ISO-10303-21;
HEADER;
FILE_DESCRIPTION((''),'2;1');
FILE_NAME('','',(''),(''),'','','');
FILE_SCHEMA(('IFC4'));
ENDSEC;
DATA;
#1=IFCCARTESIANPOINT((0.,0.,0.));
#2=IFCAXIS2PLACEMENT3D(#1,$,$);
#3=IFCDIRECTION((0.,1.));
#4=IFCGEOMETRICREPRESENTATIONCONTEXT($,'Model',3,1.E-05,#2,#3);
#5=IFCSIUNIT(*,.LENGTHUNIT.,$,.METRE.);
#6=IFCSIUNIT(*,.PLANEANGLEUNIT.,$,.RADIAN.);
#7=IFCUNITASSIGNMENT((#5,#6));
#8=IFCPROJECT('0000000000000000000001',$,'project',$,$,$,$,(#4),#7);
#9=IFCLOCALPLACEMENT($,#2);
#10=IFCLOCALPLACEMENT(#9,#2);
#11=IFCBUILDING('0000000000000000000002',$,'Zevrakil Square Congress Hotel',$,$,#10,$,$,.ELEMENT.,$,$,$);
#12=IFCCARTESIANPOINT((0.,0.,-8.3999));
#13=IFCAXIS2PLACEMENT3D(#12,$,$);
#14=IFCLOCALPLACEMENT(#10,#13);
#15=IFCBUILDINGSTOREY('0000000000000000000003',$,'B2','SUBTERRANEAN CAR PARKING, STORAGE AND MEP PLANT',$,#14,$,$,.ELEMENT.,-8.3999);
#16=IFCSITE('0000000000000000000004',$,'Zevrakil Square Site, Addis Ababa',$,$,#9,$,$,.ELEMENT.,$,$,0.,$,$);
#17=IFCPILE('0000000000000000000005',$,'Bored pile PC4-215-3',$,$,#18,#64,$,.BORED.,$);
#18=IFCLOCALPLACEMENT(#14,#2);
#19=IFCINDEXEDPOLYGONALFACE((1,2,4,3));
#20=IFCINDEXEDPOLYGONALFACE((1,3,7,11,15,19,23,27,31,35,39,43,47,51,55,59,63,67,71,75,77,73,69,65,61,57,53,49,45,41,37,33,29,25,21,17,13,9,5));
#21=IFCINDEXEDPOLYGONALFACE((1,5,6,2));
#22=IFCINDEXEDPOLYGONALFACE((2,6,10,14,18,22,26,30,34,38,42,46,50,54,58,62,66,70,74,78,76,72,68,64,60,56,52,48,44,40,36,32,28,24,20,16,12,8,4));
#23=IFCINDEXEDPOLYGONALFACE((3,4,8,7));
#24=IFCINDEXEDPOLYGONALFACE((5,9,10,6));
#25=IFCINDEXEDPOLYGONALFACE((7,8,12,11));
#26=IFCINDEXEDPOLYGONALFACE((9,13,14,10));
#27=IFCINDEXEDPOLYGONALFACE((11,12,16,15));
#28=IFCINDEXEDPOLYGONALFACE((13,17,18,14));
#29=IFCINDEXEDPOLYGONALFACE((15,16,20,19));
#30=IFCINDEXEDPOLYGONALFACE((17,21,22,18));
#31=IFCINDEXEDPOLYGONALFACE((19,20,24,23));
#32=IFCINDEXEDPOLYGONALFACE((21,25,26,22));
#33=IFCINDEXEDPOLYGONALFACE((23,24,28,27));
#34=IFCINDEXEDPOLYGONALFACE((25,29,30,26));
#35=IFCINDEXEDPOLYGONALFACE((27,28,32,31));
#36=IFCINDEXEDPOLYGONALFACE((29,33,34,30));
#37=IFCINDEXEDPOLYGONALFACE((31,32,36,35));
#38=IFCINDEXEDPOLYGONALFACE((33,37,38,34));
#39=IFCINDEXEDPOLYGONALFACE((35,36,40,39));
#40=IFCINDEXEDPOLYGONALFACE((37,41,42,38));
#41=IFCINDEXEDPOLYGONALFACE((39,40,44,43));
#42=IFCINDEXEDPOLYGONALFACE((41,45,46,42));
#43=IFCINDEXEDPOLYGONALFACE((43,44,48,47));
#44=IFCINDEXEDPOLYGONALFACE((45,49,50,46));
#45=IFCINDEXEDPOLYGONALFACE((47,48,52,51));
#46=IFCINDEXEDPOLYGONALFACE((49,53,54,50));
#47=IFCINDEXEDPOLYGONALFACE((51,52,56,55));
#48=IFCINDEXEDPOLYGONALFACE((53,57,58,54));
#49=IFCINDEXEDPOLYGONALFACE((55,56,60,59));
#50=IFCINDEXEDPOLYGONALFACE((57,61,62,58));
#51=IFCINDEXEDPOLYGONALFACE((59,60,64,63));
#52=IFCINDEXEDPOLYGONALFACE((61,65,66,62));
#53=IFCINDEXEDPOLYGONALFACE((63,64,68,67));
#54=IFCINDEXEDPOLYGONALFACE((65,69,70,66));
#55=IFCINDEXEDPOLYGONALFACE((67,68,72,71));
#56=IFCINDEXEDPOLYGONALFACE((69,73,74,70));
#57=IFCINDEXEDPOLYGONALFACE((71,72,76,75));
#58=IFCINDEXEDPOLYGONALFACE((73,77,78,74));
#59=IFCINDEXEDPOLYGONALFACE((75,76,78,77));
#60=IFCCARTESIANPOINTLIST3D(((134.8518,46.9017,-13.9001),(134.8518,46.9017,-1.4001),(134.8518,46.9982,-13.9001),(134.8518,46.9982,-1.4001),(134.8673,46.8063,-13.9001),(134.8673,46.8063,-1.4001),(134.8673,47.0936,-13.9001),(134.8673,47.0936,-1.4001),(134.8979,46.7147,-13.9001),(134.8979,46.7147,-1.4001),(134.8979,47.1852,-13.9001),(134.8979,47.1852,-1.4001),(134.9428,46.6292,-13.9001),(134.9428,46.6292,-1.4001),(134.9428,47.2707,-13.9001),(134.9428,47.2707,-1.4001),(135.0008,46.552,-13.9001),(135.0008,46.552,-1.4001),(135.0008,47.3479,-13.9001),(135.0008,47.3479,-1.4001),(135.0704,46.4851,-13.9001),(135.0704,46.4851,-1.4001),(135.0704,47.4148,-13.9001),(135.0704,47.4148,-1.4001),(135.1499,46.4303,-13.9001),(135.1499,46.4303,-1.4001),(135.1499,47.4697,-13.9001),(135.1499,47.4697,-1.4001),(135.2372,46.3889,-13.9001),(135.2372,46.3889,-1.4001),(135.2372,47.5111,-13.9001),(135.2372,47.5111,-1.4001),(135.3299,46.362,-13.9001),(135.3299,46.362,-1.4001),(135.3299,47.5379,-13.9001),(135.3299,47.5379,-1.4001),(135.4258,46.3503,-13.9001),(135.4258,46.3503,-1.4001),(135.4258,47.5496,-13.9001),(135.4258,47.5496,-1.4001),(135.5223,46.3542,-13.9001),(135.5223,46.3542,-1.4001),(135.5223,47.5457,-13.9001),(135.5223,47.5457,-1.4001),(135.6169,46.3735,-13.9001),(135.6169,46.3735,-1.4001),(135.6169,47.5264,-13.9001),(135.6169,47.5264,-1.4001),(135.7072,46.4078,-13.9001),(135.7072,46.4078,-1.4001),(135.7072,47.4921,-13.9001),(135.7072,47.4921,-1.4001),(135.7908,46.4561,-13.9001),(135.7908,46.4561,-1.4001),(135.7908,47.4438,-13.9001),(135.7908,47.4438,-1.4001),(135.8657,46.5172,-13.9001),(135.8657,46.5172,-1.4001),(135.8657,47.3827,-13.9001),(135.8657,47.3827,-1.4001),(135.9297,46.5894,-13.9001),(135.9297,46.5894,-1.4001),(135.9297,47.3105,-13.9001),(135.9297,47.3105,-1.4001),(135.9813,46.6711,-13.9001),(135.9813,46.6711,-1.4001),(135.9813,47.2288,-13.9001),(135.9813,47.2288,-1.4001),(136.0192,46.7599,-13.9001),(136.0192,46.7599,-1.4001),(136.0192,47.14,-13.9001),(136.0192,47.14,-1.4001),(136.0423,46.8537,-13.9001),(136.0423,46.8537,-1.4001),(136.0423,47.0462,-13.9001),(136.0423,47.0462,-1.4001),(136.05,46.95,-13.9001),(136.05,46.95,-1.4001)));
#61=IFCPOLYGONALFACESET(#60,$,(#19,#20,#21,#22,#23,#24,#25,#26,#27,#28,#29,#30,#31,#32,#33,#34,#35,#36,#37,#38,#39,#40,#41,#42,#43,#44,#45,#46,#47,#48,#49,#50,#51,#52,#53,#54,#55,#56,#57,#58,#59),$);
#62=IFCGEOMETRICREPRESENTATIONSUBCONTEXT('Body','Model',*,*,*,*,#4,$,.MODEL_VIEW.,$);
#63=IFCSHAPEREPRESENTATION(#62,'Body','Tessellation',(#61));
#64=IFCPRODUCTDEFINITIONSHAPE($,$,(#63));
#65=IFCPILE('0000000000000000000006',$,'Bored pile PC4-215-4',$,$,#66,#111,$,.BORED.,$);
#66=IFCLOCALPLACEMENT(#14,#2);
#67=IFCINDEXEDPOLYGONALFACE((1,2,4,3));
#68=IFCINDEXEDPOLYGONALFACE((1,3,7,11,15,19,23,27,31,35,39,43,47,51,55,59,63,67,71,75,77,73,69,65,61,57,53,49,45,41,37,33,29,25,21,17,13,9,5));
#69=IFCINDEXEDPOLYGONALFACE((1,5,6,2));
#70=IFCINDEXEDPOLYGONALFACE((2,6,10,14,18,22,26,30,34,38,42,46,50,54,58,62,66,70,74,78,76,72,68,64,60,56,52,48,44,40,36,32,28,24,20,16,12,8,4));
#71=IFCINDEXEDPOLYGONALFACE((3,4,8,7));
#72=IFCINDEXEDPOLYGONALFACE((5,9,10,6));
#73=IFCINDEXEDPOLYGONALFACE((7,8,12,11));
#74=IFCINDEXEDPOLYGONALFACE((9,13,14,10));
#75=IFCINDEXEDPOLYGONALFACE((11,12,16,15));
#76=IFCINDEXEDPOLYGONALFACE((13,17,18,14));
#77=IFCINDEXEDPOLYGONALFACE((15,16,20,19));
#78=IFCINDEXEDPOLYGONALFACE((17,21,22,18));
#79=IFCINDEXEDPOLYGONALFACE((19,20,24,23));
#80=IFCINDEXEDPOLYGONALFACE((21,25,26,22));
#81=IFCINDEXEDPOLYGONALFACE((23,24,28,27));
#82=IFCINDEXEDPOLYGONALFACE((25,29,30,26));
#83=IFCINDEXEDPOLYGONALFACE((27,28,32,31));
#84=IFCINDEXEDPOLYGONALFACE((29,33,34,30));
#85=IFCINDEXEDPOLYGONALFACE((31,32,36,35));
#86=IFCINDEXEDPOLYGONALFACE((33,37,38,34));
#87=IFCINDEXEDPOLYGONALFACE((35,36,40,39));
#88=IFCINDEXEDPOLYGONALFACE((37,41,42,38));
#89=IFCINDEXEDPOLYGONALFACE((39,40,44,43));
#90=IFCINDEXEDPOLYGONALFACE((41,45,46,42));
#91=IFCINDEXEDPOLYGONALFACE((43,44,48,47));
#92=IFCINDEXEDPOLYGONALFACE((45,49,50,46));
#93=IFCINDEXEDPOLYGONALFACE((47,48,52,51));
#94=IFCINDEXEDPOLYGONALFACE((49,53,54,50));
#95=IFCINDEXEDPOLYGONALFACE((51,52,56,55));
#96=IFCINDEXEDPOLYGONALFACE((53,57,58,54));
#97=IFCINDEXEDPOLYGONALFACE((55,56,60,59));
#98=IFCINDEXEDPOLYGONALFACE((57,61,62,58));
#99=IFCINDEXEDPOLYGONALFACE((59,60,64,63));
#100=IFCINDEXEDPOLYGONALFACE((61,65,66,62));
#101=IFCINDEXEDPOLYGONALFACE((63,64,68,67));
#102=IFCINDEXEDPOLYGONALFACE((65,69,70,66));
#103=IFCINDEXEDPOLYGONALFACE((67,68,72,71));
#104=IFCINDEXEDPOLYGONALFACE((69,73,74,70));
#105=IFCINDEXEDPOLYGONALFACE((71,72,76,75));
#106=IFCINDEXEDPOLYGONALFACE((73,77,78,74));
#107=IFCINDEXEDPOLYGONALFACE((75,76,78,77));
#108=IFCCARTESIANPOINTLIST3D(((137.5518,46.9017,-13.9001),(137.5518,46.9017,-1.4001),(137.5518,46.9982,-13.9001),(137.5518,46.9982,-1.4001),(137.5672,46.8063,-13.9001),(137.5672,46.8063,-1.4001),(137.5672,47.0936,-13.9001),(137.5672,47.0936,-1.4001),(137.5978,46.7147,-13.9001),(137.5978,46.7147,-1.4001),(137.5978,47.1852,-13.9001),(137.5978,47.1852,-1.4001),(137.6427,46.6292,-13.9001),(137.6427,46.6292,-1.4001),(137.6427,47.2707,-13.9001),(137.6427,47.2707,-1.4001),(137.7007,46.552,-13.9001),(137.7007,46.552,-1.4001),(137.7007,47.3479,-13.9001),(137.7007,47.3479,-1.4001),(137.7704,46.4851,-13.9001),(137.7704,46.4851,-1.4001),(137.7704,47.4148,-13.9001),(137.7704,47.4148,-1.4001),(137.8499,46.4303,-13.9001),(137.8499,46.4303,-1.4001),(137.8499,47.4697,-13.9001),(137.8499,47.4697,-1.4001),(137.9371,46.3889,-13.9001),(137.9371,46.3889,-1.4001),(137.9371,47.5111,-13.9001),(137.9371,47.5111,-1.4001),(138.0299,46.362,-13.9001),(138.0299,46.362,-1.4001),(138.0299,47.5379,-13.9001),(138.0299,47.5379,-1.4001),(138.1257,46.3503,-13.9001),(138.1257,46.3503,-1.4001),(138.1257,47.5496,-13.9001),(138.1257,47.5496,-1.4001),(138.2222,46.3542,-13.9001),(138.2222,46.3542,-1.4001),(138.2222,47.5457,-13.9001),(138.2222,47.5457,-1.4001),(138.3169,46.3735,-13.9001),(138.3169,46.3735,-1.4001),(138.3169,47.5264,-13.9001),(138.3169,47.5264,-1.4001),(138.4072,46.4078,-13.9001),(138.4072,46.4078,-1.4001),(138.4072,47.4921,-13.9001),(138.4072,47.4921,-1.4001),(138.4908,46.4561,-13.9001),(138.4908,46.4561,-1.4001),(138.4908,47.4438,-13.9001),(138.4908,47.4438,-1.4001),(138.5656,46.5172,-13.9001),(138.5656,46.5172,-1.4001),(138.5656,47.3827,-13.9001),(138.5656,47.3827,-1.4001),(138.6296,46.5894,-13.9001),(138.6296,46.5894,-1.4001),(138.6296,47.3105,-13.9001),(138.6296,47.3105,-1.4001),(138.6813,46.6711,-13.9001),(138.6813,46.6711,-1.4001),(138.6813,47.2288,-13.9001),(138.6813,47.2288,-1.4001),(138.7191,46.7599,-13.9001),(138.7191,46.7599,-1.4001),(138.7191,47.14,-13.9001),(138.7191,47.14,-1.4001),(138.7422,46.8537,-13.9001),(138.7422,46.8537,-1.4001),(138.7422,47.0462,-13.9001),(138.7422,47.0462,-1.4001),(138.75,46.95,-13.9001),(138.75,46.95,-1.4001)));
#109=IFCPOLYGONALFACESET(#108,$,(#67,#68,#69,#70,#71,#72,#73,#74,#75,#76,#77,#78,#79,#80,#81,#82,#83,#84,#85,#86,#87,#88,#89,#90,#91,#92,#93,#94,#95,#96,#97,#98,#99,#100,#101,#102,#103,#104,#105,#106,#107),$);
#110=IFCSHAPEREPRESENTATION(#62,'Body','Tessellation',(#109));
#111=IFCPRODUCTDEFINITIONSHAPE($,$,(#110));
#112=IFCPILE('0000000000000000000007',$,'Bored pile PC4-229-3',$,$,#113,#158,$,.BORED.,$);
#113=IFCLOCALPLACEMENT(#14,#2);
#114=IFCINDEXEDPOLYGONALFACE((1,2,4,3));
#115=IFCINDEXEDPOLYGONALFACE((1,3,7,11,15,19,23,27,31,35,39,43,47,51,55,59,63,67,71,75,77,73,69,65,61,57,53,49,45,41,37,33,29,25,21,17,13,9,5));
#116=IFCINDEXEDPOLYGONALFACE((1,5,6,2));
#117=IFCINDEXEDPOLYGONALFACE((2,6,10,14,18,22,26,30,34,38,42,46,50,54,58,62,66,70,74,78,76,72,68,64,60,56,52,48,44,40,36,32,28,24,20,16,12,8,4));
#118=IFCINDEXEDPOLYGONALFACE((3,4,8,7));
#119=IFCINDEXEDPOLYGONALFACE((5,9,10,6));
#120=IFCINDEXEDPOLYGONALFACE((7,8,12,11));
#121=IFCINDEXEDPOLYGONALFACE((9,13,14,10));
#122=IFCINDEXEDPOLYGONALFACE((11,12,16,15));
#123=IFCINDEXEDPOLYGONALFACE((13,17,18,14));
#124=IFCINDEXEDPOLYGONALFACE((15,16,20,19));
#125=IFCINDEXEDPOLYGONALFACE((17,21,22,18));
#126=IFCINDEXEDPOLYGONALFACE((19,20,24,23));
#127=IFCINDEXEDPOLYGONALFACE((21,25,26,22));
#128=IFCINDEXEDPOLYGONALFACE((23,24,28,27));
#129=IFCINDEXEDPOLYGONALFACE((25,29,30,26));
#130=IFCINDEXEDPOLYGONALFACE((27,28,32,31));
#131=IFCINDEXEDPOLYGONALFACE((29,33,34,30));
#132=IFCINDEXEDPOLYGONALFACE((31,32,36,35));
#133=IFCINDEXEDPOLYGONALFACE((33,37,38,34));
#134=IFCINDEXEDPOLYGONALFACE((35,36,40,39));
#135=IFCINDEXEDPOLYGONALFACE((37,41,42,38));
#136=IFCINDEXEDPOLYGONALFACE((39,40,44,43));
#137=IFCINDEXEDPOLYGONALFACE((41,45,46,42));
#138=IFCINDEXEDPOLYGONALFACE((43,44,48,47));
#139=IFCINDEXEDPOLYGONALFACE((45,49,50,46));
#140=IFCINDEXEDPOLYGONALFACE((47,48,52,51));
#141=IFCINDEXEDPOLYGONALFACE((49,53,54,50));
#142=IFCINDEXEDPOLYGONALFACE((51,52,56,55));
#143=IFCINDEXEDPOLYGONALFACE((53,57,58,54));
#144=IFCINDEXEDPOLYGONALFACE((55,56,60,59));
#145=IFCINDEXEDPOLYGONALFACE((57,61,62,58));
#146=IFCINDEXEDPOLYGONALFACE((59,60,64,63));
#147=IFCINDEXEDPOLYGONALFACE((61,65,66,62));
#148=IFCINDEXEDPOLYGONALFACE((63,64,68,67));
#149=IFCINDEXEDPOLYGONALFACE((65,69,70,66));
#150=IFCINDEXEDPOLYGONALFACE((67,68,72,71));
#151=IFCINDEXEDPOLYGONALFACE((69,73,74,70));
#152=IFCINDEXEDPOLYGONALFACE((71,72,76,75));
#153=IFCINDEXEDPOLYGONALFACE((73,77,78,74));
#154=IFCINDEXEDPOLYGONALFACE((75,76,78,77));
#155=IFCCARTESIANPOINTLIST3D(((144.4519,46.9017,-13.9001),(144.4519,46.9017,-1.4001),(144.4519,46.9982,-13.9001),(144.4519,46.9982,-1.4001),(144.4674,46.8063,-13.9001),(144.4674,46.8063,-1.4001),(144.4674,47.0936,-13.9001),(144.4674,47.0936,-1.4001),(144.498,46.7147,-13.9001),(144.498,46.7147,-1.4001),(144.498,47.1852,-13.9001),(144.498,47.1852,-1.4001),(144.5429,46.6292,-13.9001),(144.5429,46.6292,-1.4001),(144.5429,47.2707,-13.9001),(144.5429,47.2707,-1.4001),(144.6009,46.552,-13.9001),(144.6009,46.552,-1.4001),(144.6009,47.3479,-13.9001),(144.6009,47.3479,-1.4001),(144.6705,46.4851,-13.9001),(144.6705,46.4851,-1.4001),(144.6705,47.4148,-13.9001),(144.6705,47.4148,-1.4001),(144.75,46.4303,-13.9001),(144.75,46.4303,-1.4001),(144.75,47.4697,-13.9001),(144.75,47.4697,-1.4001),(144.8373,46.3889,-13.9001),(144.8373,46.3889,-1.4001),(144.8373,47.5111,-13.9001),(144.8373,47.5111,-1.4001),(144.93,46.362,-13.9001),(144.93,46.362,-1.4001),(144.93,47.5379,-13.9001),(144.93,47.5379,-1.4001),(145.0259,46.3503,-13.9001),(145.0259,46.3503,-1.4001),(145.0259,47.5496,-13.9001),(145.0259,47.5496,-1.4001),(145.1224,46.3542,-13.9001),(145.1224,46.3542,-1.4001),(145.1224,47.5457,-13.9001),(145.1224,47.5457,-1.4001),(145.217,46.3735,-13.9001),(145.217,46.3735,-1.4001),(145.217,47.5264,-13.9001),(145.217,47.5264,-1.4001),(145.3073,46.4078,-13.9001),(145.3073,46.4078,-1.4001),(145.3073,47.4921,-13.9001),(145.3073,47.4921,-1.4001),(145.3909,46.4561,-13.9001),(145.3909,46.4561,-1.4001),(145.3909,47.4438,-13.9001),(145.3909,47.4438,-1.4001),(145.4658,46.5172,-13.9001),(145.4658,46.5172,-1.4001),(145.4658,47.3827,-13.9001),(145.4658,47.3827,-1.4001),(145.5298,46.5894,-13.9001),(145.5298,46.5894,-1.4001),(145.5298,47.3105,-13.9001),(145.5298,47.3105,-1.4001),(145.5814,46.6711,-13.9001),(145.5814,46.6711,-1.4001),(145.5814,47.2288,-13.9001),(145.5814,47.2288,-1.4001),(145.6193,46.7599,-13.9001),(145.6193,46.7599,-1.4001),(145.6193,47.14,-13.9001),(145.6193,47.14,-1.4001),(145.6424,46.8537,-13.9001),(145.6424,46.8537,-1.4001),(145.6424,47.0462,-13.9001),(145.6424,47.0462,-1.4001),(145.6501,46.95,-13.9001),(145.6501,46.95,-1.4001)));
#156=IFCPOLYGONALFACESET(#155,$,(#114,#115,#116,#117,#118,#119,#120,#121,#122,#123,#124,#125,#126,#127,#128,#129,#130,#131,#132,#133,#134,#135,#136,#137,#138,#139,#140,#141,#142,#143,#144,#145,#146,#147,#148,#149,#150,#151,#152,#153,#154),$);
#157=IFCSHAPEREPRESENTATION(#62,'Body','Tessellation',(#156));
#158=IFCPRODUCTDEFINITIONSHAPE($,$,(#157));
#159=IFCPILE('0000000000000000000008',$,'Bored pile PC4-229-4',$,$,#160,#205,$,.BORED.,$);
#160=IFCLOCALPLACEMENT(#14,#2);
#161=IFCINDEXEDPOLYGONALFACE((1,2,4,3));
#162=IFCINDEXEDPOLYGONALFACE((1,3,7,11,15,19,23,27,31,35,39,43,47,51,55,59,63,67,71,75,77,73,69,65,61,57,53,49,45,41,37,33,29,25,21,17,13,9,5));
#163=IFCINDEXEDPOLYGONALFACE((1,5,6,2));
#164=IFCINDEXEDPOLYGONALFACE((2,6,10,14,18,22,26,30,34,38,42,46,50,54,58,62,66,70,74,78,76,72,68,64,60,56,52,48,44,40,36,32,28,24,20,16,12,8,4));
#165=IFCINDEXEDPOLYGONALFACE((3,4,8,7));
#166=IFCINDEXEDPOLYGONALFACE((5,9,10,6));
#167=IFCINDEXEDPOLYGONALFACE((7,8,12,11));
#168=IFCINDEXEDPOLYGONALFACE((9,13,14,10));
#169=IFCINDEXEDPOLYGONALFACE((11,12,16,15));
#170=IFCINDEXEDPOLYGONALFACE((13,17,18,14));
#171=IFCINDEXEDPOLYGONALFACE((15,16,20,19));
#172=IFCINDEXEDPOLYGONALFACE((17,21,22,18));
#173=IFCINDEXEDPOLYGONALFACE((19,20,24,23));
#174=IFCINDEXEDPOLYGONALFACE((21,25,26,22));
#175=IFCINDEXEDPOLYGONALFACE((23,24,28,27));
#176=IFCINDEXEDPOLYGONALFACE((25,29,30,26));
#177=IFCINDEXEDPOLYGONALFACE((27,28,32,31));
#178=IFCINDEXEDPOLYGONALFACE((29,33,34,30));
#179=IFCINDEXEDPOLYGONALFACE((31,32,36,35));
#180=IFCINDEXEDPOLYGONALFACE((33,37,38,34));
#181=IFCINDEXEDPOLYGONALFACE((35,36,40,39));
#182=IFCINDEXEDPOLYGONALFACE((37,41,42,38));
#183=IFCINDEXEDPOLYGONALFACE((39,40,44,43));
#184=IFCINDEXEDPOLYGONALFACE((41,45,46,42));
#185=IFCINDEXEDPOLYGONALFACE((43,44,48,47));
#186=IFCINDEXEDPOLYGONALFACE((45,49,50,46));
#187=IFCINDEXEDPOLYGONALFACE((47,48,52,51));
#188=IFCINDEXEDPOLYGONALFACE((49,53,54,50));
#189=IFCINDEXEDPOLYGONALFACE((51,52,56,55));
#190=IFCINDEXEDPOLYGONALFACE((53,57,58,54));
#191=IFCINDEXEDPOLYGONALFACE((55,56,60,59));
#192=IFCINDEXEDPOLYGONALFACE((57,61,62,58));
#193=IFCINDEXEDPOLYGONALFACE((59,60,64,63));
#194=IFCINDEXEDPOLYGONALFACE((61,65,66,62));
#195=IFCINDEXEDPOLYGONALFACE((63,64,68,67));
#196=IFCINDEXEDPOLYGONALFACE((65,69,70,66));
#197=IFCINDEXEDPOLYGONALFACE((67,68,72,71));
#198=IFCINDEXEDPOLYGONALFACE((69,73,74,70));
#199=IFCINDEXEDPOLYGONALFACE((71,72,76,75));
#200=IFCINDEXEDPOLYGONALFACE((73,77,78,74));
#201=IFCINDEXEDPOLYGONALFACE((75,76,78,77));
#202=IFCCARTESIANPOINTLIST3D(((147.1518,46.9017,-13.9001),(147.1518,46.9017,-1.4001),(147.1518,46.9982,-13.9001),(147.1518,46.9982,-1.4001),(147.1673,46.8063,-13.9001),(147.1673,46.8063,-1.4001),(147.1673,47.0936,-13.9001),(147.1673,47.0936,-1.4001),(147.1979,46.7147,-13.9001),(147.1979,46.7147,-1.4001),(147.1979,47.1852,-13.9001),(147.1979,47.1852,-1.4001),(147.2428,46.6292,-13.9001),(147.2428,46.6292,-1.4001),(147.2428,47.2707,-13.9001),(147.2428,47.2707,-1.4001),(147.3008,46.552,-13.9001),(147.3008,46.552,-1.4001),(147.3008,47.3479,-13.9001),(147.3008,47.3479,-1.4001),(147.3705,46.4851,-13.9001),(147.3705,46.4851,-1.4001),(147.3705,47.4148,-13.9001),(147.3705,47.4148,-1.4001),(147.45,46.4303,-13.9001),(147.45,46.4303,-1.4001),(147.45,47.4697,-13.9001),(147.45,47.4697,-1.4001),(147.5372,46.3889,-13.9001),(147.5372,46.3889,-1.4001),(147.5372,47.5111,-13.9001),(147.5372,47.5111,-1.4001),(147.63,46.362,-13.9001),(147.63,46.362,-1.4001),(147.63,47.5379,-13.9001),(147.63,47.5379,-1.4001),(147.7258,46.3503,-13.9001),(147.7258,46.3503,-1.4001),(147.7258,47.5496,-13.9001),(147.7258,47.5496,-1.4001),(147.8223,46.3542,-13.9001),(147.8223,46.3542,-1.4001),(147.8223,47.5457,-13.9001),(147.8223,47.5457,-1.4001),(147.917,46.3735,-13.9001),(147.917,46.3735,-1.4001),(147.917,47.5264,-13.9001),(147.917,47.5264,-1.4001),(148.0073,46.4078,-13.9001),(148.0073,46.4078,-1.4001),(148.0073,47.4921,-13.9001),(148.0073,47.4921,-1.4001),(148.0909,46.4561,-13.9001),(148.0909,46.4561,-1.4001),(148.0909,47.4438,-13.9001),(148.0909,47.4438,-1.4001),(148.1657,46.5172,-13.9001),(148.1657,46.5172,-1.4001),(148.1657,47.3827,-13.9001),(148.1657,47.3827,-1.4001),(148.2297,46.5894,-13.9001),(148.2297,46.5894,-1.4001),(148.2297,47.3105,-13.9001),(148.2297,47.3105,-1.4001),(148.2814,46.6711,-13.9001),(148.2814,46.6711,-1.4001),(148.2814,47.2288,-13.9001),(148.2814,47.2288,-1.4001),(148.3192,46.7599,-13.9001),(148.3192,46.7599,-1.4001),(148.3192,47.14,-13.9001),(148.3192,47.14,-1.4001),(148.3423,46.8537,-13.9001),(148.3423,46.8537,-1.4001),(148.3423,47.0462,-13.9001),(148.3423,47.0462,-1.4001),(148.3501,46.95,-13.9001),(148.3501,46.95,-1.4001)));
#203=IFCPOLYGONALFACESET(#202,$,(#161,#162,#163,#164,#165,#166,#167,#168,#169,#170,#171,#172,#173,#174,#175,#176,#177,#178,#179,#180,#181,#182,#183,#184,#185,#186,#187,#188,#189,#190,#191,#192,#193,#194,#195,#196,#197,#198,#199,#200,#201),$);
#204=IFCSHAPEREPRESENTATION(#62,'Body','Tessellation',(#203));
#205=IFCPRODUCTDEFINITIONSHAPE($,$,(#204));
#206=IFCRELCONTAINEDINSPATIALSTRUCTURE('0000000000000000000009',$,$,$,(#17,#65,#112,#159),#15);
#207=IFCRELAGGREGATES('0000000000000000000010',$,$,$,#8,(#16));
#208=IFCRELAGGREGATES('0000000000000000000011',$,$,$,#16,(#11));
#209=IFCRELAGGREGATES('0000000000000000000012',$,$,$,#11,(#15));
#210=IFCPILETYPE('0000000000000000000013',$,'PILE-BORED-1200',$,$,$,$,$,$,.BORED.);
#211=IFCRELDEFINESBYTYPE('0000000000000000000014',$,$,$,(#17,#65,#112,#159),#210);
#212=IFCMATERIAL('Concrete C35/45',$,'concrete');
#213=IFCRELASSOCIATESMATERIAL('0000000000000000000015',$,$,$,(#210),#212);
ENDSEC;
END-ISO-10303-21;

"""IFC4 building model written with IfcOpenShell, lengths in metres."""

from ifc_helpers import new_model, si_unit, direction, frame, origin, origin_2d, place, context, subcontext, project, spatial, circle, extrude, material, material_profile, profile_set, type_object, element, save


model = new_model("IFC4")

# Units and contexts
model_context = context("Model", 3, precision=1e-05, world=origin(), true_north=direction((0.0, 1.0)))
body_context = subcontext(model_context, "Body", "Model", "MODEL_VIEW")
ifc_project = project(units=[si_unit("LENGTHUNIT", "METRE"), si_unit("PLANEANGLEUNIT", "RADIAN")], contexts=[model_context])

# Site, building, storey
site_placement = place(None, origin())
site = spatial("IfcSite", under=ifc_project, at=site_placement, Name="Zevrakil Square Site, Addis Ababa", CompositionType="ELEMENT", RefElevation=0.0)
building_placement = place(site_placement, origin())
building = spatial("IfcBuilding", under=site, at=building_placement, Name="Zevrakil Square Congress Hotel", CompositionType="ELEMENT")
storey_placement = place(building_placement, frame((0.0, 0.0, -8.3999)))
storey = spatial("IfcBuildingStorey", under=building, at=storey_placement, Name="B2", Description="SUBTERRANEAN CAR PARKING, STORAGE AND MEP PLANT", CompositionType="ELEMENT", Elevation=-8.3999)

# Piles
ifc_material_1 = material(Name="Concrete C35/45", Category="concrete")
ifc_material_profile_1 = material_profile(ifc_material_1, circle(Radius=0.6001, at=origin_2d()), Name="PILE D1200")
ifc_profile_set_1 = profile_set([ifc_material_profile_1], Name="Concrete C35/45")
pile_type_1 = type_object("IfcPileType", Name="PILE-BORED-1200", PredefinedType="BORED", material=ifc_profile_set_1)
for number, where, z_axis, x_axis, name in (
    (1, (135.45, 46.95, -1.4001), (0.0, 0.0, -1.0), (1.0, 0.0, 0.0), "Bored pile PC4-215-3"),
    (2, (138.1499, 46.95, -1.4001), (0.0, 0.0, -1.0), (1.0, 0.0, 0.0), "Bored pile PC4-215-4"),
    (3, (145.05, 46.95, -1.4001), (0.0, 0.0, -1.0), (1.0, 0.0, 0.0), "Bored pile PC4-229-3"),
    (4, (147.75, 46.95, -1.4001), (0.0, 0.0, -1.0), (1.0, 0.0, 0.0), "Bored pile PC4-229-4"),
):
    element("IfcPile", number, at=place(storey_placement, frame(where, z_axis=z_axis, x_axis=x_axis)), inside=storey, type_object=pile_type_1, Name=name, PredefinedType="BORED", context=body_context, shape_type="SweptSolid", body=[
        extrude(circle(Radius=0.6001, at=origin_2d()), origin(), (0.0, 0.0, 1.0), 12.5),
    ])

save(model, "model.ifc")
